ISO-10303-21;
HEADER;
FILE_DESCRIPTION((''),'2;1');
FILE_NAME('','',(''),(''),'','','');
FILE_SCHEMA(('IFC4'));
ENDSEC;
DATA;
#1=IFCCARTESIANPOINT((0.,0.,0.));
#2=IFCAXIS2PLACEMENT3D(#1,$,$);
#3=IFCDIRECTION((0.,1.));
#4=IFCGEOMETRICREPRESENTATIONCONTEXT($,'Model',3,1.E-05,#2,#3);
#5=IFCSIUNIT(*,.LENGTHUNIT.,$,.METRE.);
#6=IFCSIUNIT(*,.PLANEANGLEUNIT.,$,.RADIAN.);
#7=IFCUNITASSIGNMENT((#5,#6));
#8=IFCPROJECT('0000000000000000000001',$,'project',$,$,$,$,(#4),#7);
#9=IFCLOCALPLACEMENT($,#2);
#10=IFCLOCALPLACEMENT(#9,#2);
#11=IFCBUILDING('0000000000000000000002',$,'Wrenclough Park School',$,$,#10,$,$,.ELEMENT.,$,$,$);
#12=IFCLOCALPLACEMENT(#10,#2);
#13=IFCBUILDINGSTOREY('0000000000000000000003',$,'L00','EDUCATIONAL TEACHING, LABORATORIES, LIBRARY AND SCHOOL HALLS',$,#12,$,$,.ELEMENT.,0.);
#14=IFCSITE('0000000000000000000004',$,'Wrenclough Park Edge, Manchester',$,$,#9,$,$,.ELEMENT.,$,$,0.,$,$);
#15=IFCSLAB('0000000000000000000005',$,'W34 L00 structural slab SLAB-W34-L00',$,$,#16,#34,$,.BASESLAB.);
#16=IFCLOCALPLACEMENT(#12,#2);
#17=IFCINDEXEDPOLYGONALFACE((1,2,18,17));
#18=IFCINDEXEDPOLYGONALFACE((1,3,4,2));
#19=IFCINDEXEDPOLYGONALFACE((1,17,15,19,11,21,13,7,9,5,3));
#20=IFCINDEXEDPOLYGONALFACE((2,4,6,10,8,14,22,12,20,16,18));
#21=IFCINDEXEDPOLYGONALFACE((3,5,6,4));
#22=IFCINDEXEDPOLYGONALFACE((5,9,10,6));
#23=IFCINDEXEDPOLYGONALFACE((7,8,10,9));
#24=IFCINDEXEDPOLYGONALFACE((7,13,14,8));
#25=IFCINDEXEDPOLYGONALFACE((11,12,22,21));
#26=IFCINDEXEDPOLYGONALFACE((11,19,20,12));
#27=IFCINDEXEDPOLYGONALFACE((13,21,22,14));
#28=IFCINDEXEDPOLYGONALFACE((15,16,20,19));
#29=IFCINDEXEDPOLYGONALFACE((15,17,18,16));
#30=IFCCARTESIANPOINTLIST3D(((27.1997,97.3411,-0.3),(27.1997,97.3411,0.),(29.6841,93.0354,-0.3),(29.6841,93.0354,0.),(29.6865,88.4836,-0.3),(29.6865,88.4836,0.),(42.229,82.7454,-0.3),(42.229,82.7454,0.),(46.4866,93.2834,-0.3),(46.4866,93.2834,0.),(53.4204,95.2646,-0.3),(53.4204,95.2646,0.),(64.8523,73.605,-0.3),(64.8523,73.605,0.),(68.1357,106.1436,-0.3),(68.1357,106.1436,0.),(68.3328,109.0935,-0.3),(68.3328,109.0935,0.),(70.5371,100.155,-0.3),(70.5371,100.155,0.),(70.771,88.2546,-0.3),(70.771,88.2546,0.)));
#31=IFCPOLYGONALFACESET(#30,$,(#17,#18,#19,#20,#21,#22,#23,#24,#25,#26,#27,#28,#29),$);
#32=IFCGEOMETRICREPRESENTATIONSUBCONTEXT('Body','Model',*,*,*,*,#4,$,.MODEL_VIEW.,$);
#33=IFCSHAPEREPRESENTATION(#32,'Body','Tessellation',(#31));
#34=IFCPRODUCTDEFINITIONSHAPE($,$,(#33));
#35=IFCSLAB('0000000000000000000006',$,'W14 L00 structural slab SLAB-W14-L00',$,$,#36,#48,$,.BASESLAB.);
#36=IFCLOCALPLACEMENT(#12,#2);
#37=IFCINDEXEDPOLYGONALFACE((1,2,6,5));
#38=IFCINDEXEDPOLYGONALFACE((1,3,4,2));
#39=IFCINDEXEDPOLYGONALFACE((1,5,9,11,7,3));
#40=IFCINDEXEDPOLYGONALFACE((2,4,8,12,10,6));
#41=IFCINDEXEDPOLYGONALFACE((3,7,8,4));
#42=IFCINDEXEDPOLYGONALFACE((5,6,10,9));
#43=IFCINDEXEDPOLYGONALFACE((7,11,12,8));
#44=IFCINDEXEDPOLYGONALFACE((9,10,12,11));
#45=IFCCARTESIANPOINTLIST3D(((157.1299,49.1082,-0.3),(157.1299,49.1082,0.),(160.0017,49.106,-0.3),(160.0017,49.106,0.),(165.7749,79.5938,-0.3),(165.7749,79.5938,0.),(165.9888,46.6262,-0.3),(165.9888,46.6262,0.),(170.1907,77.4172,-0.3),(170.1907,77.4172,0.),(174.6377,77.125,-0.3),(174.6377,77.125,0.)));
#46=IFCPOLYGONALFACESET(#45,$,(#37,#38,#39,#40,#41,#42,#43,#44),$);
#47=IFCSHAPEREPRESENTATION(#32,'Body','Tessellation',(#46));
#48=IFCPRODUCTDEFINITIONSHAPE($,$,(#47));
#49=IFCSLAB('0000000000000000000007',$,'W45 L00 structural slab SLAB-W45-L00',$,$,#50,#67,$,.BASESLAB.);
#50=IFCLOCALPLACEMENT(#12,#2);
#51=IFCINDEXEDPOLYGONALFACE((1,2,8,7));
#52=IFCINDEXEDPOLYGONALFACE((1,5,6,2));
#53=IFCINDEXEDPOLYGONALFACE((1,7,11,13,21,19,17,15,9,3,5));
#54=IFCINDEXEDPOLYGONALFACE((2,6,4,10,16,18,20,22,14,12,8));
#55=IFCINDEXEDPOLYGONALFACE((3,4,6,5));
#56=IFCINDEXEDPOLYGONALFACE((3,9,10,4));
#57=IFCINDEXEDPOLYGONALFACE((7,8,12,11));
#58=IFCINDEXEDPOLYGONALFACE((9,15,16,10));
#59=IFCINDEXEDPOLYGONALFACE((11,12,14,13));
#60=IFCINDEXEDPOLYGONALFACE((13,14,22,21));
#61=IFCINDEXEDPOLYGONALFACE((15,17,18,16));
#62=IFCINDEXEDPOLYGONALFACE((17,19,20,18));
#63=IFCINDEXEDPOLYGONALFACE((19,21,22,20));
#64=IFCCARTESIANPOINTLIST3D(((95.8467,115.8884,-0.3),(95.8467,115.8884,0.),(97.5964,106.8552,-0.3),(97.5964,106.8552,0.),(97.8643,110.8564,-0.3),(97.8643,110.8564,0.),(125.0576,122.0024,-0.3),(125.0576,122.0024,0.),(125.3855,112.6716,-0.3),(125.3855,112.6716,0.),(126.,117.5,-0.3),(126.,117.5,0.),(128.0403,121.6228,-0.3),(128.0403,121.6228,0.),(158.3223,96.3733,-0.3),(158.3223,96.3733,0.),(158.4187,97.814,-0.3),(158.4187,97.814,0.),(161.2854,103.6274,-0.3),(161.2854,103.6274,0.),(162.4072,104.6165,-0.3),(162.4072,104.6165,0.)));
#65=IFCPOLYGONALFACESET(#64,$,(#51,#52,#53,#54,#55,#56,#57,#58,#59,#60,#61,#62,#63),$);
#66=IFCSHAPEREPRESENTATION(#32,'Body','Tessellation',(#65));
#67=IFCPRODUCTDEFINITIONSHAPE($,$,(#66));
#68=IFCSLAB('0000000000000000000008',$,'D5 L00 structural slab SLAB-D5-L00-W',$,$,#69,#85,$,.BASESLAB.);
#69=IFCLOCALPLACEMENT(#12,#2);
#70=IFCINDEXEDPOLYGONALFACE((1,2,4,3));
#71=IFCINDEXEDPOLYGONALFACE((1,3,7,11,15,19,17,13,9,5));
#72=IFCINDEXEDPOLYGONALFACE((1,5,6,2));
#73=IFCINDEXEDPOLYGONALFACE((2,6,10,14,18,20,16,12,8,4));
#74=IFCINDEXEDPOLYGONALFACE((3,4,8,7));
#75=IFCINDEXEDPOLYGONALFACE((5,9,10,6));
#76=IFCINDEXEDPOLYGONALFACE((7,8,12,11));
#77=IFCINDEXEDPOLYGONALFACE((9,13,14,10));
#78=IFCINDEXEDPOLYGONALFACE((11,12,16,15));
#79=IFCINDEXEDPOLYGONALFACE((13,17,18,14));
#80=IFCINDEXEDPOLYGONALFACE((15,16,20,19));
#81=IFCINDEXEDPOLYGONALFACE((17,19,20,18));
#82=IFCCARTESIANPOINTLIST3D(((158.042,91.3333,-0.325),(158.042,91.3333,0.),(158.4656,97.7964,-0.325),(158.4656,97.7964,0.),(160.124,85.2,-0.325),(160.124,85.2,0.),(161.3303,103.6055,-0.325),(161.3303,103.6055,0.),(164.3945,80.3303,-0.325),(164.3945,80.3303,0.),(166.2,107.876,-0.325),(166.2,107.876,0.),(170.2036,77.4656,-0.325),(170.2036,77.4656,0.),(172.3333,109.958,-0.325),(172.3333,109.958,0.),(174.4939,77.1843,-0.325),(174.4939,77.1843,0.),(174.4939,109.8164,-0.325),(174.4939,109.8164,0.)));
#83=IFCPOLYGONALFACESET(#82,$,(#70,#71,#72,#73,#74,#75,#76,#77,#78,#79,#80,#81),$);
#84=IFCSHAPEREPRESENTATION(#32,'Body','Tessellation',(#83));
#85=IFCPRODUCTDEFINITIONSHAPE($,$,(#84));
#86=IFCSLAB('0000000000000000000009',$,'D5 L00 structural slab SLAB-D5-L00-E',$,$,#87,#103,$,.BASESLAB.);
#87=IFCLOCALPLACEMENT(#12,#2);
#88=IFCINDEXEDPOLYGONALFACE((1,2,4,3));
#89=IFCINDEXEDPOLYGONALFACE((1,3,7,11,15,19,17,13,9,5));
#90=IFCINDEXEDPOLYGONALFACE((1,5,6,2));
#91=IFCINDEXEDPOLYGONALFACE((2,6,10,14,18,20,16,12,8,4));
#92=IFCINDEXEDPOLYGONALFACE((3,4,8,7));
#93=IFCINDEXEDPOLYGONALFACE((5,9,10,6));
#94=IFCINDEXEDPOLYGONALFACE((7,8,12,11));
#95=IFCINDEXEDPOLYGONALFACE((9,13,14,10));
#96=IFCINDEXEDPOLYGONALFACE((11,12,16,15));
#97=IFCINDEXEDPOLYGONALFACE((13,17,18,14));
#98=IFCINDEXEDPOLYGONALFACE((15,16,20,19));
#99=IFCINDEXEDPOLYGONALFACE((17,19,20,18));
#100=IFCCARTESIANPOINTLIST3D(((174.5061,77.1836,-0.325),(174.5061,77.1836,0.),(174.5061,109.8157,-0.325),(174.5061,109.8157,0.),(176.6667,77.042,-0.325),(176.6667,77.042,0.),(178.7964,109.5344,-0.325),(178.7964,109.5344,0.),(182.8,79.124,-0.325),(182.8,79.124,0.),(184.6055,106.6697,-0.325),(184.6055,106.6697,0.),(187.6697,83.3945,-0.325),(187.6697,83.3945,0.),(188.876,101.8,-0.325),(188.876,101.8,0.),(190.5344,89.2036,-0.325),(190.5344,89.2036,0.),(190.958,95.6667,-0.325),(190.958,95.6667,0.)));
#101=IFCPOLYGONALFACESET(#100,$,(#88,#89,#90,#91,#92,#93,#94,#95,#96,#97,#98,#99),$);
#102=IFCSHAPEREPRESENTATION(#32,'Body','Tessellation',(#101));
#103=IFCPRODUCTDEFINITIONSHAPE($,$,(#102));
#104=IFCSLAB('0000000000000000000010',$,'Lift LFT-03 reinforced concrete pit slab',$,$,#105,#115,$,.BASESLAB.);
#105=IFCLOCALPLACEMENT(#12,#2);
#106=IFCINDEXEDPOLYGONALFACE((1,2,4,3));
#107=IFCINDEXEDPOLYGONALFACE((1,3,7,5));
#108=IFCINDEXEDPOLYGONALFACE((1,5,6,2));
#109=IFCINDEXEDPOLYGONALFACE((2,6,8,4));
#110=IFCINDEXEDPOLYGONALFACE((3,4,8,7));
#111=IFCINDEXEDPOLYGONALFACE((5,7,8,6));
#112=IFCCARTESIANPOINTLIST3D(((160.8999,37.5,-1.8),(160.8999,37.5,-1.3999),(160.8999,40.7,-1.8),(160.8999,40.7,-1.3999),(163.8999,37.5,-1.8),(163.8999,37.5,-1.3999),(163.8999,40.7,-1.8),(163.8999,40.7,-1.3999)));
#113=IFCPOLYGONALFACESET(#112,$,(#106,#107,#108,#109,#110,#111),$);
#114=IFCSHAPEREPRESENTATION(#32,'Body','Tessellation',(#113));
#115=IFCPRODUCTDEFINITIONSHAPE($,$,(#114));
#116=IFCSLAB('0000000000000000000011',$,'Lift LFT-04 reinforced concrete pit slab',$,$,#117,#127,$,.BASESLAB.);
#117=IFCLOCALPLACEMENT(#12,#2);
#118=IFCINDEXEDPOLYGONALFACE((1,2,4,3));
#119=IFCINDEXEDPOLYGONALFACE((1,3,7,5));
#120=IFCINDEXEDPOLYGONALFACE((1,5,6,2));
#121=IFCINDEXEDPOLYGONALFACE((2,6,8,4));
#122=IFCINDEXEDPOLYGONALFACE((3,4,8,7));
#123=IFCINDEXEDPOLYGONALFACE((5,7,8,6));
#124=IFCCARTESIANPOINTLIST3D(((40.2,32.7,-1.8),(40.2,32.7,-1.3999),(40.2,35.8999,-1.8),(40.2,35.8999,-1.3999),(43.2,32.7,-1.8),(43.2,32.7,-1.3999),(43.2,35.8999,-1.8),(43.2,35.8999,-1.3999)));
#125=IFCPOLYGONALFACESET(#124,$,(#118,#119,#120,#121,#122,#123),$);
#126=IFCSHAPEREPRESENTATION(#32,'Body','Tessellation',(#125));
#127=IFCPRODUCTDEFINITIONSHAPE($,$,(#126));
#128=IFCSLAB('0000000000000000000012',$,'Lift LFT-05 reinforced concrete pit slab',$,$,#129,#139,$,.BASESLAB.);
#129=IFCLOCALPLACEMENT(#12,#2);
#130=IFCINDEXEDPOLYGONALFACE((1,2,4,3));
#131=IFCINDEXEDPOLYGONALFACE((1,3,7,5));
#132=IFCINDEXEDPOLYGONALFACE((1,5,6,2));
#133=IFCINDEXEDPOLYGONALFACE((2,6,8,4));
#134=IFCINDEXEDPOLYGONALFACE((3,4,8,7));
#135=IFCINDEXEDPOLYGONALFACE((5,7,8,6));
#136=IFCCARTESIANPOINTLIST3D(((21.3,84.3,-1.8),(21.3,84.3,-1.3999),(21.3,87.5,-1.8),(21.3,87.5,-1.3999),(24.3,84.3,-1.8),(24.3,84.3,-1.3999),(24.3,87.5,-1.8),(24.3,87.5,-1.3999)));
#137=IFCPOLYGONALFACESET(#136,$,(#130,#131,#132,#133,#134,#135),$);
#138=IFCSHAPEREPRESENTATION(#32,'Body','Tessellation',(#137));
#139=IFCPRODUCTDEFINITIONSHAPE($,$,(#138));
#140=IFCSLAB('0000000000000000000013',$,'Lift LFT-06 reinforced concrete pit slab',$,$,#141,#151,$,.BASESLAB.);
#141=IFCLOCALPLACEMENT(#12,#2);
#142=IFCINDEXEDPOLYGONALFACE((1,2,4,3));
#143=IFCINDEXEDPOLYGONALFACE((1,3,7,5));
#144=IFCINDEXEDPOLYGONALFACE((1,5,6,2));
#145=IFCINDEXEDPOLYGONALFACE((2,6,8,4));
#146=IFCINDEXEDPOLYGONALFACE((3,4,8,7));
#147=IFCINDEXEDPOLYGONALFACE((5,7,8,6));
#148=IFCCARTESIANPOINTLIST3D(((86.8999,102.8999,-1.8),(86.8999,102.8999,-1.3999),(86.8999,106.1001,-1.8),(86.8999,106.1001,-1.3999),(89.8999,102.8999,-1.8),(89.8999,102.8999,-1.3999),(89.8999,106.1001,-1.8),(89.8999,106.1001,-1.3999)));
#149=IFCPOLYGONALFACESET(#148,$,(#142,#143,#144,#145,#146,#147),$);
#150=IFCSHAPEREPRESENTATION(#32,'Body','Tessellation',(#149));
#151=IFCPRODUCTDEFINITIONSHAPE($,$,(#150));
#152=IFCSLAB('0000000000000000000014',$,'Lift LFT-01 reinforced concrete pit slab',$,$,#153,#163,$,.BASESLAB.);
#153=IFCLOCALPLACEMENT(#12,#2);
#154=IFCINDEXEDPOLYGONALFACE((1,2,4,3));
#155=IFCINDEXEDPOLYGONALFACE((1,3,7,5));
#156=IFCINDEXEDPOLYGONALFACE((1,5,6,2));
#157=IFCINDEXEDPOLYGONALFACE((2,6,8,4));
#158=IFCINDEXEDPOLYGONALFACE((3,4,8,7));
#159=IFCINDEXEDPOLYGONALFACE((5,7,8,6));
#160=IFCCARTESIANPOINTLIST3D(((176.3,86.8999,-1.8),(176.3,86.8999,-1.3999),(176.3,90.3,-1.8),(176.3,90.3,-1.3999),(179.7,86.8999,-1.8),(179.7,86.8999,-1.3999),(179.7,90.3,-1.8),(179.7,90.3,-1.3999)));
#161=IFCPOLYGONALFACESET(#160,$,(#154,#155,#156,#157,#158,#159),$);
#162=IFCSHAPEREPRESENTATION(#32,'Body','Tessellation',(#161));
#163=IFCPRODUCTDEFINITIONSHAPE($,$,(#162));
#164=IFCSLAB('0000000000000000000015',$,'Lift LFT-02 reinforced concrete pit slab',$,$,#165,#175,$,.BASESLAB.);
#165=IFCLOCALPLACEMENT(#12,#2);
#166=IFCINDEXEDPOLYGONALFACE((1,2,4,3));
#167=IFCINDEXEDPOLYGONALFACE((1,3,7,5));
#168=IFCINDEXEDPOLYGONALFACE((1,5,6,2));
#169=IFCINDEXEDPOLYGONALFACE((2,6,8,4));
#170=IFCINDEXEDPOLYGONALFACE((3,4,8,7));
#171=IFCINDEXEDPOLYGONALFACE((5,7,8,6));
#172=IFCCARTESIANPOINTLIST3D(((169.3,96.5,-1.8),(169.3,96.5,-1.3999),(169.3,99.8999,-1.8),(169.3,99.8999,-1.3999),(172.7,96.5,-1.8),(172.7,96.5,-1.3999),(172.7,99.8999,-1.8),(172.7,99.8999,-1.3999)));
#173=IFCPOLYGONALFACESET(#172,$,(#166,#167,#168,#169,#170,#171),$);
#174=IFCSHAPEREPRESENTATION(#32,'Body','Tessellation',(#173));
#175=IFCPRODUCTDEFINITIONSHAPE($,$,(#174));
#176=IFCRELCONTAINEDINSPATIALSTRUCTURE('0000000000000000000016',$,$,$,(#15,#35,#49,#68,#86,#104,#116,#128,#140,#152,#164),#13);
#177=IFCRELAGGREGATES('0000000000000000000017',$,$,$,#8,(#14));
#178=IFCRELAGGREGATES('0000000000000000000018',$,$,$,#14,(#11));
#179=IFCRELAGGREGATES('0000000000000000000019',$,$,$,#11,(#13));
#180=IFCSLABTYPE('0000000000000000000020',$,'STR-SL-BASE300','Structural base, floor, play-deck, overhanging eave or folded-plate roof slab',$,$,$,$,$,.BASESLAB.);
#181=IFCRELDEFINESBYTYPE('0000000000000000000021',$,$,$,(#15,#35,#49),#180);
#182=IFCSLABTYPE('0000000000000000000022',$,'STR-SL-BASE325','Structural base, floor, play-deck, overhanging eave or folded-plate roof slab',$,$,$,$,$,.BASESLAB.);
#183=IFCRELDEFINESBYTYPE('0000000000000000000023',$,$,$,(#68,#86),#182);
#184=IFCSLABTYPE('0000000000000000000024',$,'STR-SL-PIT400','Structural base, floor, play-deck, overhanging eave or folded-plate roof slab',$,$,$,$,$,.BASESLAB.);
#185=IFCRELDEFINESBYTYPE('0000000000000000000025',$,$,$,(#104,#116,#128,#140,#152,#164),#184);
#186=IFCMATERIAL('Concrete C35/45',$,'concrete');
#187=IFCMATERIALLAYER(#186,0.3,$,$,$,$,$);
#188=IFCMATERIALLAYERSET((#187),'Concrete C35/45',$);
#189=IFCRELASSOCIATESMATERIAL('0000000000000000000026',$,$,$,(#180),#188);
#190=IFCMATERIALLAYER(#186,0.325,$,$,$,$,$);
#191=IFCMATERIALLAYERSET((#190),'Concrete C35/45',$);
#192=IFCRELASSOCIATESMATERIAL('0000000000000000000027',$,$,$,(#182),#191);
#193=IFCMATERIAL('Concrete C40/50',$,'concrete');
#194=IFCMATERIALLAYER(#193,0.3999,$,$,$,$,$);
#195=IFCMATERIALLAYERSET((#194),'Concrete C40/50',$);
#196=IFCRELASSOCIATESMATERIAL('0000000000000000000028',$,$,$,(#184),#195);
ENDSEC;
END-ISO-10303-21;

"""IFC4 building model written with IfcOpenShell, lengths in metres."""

from ifc_helpers import new_model, si_unit, direction, frame, origin, place, context, subcontext, project, spatial, polyline, outline, extrude, material, layer, layer_set, type_object, element, save


model = new_model("IFC4")

# Units and contexts
model_context = context("Model", 3, precision=1e-05, world=origin(), true_north=direction((0.0, 1.0)))
body_context = subcontext(model_context, "Body", "Model", "MODEL_VIEW")
ifc_project = project(units=[si_unit("LENGTHUNIT", "METRE"), si_unit("PLANEANGLEUNIT", "RADIAN")], contexts=[model_context])

# Site, building, storey
site_placement = place(None, origin())
site = spatial("IfcSite", under=ifc_project, at=site_placement, Name="Wrenclough Park Edge, Manchester", CompositionType="ELEMENT", RefElevation=0.0)
building_placement = place(site_placement, origin())
building = spatial("IfcBuilding", under=site, at=building_placement, Name="Wrenclough Park School", CompositionType="ELEMENT")
storey_placement = place(building_placement, origin())
storey = spatial("IfcBuildingStorey", under=building, at=storey_placement, Name="L00", Description="EDUCATIONAL TEACHING, LABORATORIES, LIBRARY AND SCHOOL HALLS", CompositionType="ELEMENT", Elevation=0.0)

# Slabs
ifc_material_1 = material(Name="Concrete C35/45", Category="concrete")
ifc_layer_1 = layer(ifc_material_1, 0.3)
ifc_layer_set_1 = layer_set([ifc_layer_1], Name="Concrete C35/45")
slab_type_1 = type_object("IfcSlabType", Name="STR-SL-BASE300", Description="Structural base, floor, play-deck, overhanging eave or folded-plate roof slab", PredefinedType="BASESLAB", material=ifc_layer_set_1)
slab_1_placement = place(storey_placement, frame((0.0, 0.0, -0.3)))
element("IfcSlab", 1, at=slab_1_placement, inside=storey, type_object=slab_type_1, Name="W34 L00 structural slab SLAB-W34-L00", PredefinedType="BASESLAB", context=body_context, shape_type="SweptSolid", body=[
    extrude(outline(polyline([(53.4204, 95.2646), (70.5371, 100.155), (68.1357, 106.1436), (68.3328, 109.0935), (27.1997, 97.3411), (29.6841, 93.0354), (29.6865, 88.4836), (46.4866, 93.2834), (42.229, 82.7454), (64.8523, 73.605), (70.771, 88.2546), (53.4204, 95.2646)])), origin(), (0.0, 0.0, 1.0), 0.3),
])
slab_2_placement = place(storey_placement, frame((0.0, 0.0, -0.3)))
element("IfcSlab", 2, at=slab_2_placement, inside=storey, type_object=slab_type_1, Name="W14 L00 structural slab SLAB-W14-L00", PredefinedType="BASESLAB", context=body_context, shape_type="SweptSolid", body=[
    extrude(outline(polyline([(165.9888, 46.6262), (174.6377, 77.125), (170.1907, 77.4172), (165.7749, 79.5938), (157.1299, 49.1082), (160.0017, 49.106), (165.9888, 46.6262)])), origin(), (0.0, 0.0, 1.0), 0.3),
])
slab_3_placement = place(storey_placement, frame((0.0, 0.0, -0.3)))
element("IfcSlab", 3, at=slab_3_placement, inside=storey, type_object=slab_type_1, Name="W45 L00 structural slab SLAB-W45-L00", PredefinedType="BASESLAB", context=body_context, shape_type="SweptSolid", body=[
    extrude(outline(polyline([(125.3855, 112.6716), (158.3223, 96.3733), (158.4187, 97.814), (161.2854, 103.6274), (162.4072, 104.6165), (128.0403, 121.6228), (126.0, 117.5), (125.0576, 122.0024), (95.8467, 115.8884), (97.8643, 110.8564), (97.5964, 106.8552), (125.3855, 112.6716)])), origin(), (0.0, 0.0, 1.0), 0.3),
])
ifc_layer_2 = layer(ifc_material_1, 0.325)
ifc_layer_set_2 = layer_set([ifc_layer_2], Name="Concrete C35/45")
slab_type_2 = type_object("IfcSlabType", Name="STR-SL-BASE325", Description="Structural base, floor, play-deck, overhanging eave or folded-plate roof slab", PredefinedType="BASESLAB", material=ifc_layer_set_2)
slab_4_placement = place(storey_placement, frame((0.0, 0.0, -0.325)))
element("IfcSlab", 4, at=slab_4_placement, inside=storey, type_object=slab_type_2, Name="D5 L00 structural slab SLAB-D5-L00-W", PredefinedType="BASESLAB", context=body_context, shape_type="SweptSolid", body=[
    extrude(outline(polyline([(170.2036, 77.4656), (174.4939, 77.1843), (174.4939, 109.8164), (172.3333, 109.958), (166.2, 107.876), (161.3303, 103.6055), (158.4656, 97.7964), (158.042, 91.3333), (160.124, 85.2), (164.3945, 80.3303), (170.2036, 77.4656)])), origin(), (0.0, 0.0, 1.0), 0.325),
])
slab_5_placement = place(storey_placement, frame((0.0, 0.0, -0.325)))
element("IfcSlab", 5, at=slab_5_placement, inside=storey, type_object=slab_type_2, Name="D5 L00 structural slab SLAB-D5-L00-E", PredefinedType="BASESLAB", context=body_context, shape_type="SweptSolid", body=[
    extrude(outline(polyline([(178.7964, 109.5344), (174.5061, 109.8157), (174.5061, 77.1836), (176.6667, 77.042), (182.8, 79.124), (187.6697, 83.3945), (190.5344, 89.2036), (190.958, 95.6667), (188.876, 101.8), (184.6055, 106.6697), (178.7964, 109.5344)])), origin(), (0.0, 0.0, 1.0), 0.325),
])
ifc_material_2 = material(Name="Concrete C40/50", Category="concrete")
ifc_layer_3 = layer(ifc_material_2, 0.3999)
ifc_layer_set_3 = layer_set([ifc_layer_3], Name="Concrete C40/50")
slab_type_3 = type_object("IfcSlabType", Name="STR-SL-PIT400", Description="Structural base, floor, play-deck, overhanging eave or folded-plate roof slab", PredefinedType="BASESLAB", material=ifc_layer_set_3)
slab_6_placement = place(storey_placement, frame((0.0, 0.0, -1.8)))
element("IfcSlab", 6, at=slab_6_placement, inside=storey, type_object=slab_type_3, Name="Lift LFT-03 reinforced concrete pit slab", PredefinedType="BASESLAB", context=body_context, shape_type="SweptSolid", body=[
    extrude(outline(polyline([(160.8999, 37.5), (163.8999, 37.5), (163.8999, 40.7), (160.8999, 40.7), (160.8999, 37.5)])), origin(), (0.0, 0.0, 1.0), 0.4001),
])
slab_7_placement = place(storey_placement, frame((0.0, 0.0, -1.8)))
element("IfcSlab", 7, at=slab_7_placement, inside=storey, type_object=slab_type_3, Name="Lift LFT-04 reinforced concrete pit slab", PredefinedType="BASESLAB", context=body_context, shape_type="SweptSolid", body=[
    extrude(outline(polyline([(40.2, 32.7), (43.2, 32.7), (43.2, 35.8999), (40.2, 35.8999), (40.2, 32.7)])), origin(), (0.0, 0.0, 1.0), 0.4001),
])
slab_8_placement = place(storey_placement, frame((0.0, 0.0, -1.8)))
element("IfcSlab", 8, at=slab_8_placement, inside=storey, type_object=slab_type_3, Name="Lift LFT-05 reinforced concrete pit slab", PredefinedType="BASESLAB", context=body_context, shape_type="SweptSolid", body=[
    extrude(outline(polyline([(21.3, 84.3), (24.3, 84.3), (24.3, 87.5), (21.3, 87.5), (21.3, 84.3)])), origin(), (0.0, 0.0, 1.0), 0.4001),
])
slab_9_placement = place(storey_placement, frame((0.0, 0.0, -1.8)))
element("IfcSlab", 9, at=slab_9_placement, inside=storey, type_object=slab_type_3, Name="Lift LFT-06 reinforced concrete pit slab", PredefinedType="BASESLAB", context=body_context, shape_type="SweptSolid", body=[
    extrude(outline(polyline([(86.8999, 102.8999), (89.8999, 102.8999), (89.8999, 106.1001), (86.8999, 106.1001), (86.8999, 102.8999)])), origin(), (0.0, 0.0, 1.0), 0.4001),
])
slab_10_placement = place(storey_placement, frame((0.0, 0.0, -1.8)))
element("IfcSlab", 10, at=slab_10_placement, inside=storey, type_object=slab_type_3, Name="Lift LFT-01 reinforced concrete pit slab", PredefinedType="BASESLAB", context=body_context, shape_type="SweptSolid", body=[
    extrude(outline(polyline([(176.3, 86.8999), (179.7, 86.8999), (179.7, 90.3), (176.3, 90.3), (176.3, 86.8999)])), origin(), (0.0, 0.0, 1.0), 0.4001),
])
slab_11_placement = place(storey_placement, frame((0.0, 0.0, -1.8)))
element("IfcSlab", 11, at=slab_11_placement, inside=storey, type_object=slab_type_3, Name="Lift LFT-02 reinforced concrete pit slab", PredefinedType="BASESLAB", context=body_context, shape_type="SweptSolid", body=[
    extrude(outline(polyline([(169.3, 96.5), (172.7, 96.5), (172.7, 99.8999), (169.3, 99.8999), (169.3, 96.5)])), origin(), (0.0, 0.0, 1.0), 0.4001),
])

save(model, "model.ifc")
